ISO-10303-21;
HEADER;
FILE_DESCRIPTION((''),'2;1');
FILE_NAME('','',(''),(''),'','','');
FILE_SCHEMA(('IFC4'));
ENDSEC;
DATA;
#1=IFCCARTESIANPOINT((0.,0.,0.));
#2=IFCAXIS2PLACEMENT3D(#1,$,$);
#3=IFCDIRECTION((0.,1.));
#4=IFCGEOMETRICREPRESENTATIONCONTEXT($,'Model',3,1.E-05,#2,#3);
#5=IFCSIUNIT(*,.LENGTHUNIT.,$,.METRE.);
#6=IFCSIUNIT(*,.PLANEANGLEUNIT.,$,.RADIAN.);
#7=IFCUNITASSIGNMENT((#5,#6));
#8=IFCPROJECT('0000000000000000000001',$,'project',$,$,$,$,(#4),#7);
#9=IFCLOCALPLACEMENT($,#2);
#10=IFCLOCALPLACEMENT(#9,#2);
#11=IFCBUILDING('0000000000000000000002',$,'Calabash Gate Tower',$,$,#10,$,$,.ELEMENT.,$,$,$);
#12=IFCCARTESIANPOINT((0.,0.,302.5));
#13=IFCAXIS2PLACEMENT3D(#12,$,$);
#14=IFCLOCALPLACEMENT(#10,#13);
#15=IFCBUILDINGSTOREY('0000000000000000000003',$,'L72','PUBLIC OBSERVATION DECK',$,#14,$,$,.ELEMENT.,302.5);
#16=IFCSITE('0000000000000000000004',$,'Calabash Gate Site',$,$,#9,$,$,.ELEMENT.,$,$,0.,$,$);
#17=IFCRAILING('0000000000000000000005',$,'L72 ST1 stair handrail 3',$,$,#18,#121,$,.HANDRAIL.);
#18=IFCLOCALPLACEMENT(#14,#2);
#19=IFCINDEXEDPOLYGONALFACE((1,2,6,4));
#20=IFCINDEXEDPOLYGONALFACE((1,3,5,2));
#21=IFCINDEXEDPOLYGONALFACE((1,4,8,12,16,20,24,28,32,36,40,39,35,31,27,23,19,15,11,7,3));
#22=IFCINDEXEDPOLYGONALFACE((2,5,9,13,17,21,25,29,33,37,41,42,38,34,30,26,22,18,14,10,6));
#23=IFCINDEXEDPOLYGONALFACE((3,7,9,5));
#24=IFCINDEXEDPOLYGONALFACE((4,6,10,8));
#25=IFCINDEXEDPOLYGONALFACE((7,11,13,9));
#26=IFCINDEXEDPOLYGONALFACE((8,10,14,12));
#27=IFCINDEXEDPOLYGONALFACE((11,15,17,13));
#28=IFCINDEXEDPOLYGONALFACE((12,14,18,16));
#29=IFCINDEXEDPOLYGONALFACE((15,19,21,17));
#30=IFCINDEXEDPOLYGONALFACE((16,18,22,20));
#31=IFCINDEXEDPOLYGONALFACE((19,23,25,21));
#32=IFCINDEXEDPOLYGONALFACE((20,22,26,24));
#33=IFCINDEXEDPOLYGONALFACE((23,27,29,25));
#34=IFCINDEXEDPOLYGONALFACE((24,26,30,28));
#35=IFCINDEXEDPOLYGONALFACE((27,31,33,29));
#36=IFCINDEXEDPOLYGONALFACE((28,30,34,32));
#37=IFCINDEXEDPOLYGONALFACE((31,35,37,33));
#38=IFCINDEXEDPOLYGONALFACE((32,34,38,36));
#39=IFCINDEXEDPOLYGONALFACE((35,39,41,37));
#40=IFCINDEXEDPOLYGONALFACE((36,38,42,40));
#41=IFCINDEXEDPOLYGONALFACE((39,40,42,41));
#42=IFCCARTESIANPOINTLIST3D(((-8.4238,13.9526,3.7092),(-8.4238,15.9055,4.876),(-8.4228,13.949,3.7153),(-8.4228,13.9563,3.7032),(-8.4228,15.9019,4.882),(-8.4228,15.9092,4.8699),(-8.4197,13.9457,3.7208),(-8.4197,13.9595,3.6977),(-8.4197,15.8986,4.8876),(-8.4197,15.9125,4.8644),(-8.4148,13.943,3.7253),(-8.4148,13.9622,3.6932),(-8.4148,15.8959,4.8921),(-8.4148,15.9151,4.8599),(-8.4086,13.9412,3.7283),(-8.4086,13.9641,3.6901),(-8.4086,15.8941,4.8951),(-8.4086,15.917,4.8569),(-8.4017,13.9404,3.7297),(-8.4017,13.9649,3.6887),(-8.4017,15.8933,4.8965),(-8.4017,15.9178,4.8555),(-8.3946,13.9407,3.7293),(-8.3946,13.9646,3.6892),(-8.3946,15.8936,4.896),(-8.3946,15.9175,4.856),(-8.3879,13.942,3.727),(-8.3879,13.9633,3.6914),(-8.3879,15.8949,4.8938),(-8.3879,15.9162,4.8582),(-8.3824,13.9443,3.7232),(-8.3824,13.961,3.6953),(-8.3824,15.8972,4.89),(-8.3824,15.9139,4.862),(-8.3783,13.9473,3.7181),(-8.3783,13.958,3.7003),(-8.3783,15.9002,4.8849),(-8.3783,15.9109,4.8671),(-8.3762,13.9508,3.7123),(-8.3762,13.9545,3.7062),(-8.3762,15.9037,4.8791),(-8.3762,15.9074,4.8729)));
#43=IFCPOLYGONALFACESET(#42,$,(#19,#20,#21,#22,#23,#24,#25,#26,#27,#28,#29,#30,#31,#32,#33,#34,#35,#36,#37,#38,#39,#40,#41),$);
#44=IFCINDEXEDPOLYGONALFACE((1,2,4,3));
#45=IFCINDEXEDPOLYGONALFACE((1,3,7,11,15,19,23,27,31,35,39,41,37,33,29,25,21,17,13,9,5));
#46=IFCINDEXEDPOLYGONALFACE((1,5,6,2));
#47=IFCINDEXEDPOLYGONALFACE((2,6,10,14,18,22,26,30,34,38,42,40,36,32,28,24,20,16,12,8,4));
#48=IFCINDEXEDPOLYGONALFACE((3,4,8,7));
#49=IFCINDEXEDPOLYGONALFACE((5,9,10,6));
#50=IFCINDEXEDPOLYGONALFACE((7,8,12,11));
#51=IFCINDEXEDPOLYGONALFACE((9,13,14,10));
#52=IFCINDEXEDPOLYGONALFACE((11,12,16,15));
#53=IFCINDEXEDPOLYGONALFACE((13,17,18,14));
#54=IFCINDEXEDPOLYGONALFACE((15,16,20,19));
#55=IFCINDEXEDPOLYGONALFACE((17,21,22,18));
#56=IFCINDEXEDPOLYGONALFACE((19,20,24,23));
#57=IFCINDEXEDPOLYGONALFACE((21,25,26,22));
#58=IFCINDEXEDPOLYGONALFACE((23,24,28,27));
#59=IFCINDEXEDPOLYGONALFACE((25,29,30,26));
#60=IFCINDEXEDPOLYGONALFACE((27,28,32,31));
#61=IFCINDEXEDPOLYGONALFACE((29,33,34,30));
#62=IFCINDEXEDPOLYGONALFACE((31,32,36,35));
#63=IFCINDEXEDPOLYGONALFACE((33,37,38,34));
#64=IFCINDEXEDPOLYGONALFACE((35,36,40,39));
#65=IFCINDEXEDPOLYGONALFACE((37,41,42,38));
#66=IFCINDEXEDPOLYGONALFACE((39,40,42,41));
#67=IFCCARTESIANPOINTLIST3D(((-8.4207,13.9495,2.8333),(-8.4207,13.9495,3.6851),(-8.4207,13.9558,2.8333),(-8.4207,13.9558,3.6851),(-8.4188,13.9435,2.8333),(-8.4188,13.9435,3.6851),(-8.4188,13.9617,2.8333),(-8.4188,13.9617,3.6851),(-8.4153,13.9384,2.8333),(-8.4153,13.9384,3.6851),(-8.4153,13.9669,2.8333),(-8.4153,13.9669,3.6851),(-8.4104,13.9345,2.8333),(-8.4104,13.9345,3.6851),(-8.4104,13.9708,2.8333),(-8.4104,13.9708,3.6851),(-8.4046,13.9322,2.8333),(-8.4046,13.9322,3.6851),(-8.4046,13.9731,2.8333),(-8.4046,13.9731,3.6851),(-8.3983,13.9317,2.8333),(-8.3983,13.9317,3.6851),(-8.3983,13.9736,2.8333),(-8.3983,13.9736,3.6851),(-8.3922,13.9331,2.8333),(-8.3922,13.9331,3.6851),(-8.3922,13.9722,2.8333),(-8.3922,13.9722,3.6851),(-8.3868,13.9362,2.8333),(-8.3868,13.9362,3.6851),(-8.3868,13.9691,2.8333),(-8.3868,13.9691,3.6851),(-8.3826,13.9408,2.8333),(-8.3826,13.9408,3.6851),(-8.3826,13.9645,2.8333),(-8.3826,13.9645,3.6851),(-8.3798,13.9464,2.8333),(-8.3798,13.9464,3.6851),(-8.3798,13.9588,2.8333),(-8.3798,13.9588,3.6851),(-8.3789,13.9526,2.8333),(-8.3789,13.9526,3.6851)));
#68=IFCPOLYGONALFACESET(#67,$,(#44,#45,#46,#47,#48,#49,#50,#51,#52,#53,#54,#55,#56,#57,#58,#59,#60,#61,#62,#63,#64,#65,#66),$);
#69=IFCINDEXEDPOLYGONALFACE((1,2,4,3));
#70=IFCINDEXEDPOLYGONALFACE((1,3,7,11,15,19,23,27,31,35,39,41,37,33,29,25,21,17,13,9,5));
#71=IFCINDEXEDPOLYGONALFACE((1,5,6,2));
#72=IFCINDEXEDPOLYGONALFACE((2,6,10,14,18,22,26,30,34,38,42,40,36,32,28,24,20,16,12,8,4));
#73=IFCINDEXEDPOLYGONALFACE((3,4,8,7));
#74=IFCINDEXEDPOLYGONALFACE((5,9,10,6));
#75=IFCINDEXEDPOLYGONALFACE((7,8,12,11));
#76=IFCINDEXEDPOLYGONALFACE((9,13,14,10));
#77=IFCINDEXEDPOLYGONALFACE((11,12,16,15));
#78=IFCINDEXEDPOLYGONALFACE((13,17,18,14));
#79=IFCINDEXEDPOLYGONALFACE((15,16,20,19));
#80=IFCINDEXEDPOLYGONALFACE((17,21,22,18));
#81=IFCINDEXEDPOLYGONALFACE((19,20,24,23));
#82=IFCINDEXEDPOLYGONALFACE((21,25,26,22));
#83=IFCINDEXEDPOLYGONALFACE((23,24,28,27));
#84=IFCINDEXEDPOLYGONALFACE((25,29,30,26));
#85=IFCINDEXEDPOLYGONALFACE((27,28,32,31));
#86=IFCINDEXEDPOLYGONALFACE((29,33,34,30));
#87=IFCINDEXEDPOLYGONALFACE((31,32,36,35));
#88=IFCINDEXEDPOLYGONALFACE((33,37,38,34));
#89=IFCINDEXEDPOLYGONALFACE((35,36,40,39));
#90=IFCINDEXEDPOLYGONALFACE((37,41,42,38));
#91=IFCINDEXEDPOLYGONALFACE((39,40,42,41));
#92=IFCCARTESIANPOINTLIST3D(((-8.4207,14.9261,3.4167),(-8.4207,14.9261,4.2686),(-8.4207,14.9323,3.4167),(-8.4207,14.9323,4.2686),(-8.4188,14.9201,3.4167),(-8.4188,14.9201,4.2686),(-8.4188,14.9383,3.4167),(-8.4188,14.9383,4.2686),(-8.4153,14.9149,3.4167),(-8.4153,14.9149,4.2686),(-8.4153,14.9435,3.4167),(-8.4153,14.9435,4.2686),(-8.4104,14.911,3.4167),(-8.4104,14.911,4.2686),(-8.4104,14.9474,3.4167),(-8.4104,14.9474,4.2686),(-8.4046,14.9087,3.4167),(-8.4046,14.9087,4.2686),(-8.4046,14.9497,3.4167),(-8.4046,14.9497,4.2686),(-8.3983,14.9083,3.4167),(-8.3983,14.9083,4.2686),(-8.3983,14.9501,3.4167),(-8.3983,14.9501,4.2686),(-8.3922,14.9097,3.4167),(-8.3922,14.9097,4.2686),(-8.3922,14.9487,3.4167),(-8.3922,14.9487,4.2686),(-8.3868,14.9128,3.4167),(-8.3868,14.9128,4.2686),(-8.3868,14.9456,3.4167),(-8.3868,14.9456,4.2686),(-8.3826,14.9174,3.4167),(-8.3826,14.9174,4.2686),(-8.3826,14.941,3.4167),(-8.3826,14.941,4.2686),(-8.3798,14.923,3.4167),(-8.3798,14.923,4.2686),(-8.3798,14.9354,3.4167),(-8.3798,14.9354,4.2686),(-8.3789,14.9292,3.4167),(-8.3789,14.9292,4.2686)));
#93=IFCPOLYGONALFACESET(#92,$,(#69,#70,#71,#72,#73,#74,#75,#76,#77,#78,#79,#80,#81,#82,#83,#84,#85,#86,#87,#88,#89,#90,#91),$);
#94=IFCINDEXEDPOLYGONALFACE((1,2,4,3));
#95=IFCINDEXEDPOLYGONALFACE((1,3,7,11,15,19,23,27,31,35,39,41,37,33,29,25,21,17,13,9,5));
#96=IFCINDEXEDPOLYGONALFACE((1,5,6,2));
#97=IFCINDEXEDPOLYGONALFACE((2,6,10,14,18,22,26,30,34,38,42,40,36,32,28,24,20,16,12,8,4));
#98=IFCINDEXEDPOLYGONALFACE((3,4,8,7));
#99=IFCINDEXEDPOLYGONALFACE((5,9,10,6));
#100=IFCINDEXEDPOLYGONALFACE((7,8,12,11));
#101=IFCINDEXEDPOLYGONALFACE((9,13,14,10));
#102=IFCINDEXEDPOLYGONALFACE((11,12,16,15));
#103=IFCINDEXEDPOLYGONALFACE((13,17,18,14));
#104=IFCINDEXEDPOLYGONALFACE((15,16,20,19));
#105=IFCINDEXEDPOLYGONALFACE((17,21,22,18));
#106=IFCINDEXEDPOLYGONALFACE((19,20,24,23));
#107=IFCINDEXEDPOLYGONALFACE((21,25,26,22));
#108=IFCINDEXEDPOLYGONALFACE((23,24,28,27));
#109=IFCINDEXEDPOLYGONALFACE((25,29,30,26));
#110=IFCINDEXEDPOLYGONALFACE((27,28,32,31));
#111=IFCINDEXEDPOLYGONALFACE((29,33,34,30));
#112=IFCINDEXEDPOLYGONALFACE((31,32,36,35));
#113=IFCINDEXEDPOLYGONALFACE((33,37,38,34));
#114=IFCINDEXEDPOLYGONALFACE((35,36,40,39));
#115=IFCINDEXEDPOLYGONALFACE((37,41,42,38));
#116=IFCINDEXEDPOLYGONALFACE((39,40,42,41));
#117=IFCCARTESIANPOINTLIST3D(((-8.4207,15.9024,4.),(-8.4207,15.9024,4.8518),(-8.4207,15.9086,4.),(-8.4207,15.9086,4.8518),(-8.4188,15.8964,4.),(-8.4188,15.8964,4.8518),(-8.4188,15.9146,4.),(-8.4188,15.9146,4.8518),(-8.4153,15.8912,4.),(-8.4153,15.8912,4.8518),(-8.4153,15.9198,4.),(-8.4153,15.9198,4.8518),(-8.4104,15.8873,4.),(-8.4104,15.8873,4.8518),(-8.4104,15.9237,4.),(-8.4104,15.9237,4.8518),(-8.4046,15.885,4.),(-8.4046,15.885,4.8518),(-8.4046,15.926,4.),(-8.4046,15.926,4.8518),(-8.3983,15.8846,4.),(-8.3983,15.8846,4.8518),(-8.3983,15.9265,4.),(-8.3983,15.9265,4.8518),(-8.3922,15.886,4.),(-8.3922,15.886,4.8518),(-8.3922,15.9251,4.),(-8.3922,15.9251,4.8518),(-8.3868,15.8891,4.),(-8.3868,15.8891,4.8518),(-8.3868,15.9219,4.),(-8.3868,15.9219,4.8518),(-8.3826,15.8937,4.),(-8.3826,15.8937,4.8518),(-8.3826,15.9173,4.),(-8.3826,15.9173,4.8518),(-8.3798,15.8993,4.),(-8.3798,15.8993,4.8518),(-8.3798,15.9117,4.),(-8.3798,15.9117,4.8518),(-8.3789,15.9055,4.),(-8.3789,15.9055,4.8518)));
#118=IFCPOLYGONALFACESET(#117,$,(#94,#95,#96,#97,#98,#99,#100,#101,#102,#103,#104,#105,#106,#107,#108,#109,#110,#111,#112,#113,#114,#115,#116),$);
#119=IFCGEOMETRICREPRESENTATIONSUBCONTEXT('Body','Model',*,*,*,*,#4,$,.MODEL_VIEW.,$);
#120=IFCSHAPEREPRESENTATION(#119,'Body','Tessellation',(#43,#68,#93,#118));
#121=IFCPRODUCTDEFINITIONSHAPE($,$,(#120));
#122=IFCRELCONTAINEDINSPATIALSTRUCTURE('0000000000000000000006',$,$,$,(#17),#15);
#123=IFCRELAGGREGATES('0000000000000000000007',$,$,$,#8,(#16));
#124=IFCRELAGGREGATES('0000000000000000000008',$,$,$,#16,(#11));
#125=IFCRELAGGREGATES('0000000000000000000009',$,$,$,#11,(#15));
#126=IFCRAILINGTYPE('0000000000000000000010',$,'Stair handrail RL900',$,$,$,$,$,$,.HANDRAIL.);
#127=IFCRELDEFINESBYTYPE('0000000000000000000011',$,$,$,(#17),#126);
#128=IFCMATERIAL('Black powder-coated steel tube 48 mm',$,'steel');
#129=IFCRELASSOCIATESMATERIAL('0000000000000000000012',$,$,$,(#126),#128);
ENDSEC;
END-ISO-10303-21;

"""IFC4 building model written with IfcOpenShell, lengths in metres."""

from ifc_helpers import new_model, si_unit, direction, frame, origin, origin_2d, place, context, subcontext, project, spatial, circle, extrude, material, type_object, element, save


model = new_model("IFC4")

# Units and contexts
model_context = context("Model", 3, precision=1e-05, world=origin(), true_north=direction((0.0, 1.0)))
body_context = subcontext(model_context, "Body", "Model", "MODEL_VIEW")
ifc_project = project(units=[si_unit("LENGTHUNIT", "METRE"), si_unit("PLANEANGLEUNIT", "RADIAN")], contexts=[model_context])

# Site, building, storey
site_placement = place(None, origin())
site = spatial("IfcSite", under=ifc_project, at=site_placement, Name="Calabash Gate Site", CompositionType="ELEMENT", RefElevation=0.0)
building_placement = place(site_placement, origin())
building = spatial("IfcBuilding", under=site, at=building_placement, Name="Calabash Gate Tower", CompositionType="ELEMENT")
storey_placement = place(building_placement, frame((0.0, 0.0, 302.5)))
storey = spatial("IfcBuildingStorey", under=building, at=storey_placement, Name="L72", Description="PUBLIC OBSERVATION DECK", CompositionType="ELEMENT", Elevation=302.5)

# Railing
ifc_material_1 = material(Name="Black powder-coated steel tube 48 mm", Category="steel")
railing_type_1 = type_object("IfcRailingType", Name="Stair handrail RL900", PredefinedType="HANDRAIL", material=ifc_material_1)
railing_1_placement = place(storey_placement, frame((-8.3999, 13.9526, 2.8333)))
element("IfcRailing", 1, at=railing_1_placement, inside=storey, type_object=railing_type_1, Name="L72 ST1 stair handrail 3", PredefinedType="HANDRAIL", context=body_context, shape_type="SweptSolid", body=[
    extrude(circle(Radius=0.0239, at=origin_2d()), frame((0.0, 0.0, 0.876), z_axis=(0.0, 0.858457, 0.512885), x_axis=(-1.0, 0.0, 0.0)), (0.0, 0.0, 1.0), 2.2749),
    extrude(circle(Radius=0.021, at=origin_2d()), origin(), (0.0, 0.0, 1.0), 0.8518),
    extrude(circle(Radius=0.021, at=origin_2d()), frame((0.0, 0.9766, 0.5835)), (0.0, 0.0, 1.0), 0.8518),
    extrude(circle(Radius=0.021, at=origin_2d()), frame((0.0, 1.9529, 1.1667)), (0.0, 0.0, 1.0), 0.8518),
])

save(model, "model.ifc")
